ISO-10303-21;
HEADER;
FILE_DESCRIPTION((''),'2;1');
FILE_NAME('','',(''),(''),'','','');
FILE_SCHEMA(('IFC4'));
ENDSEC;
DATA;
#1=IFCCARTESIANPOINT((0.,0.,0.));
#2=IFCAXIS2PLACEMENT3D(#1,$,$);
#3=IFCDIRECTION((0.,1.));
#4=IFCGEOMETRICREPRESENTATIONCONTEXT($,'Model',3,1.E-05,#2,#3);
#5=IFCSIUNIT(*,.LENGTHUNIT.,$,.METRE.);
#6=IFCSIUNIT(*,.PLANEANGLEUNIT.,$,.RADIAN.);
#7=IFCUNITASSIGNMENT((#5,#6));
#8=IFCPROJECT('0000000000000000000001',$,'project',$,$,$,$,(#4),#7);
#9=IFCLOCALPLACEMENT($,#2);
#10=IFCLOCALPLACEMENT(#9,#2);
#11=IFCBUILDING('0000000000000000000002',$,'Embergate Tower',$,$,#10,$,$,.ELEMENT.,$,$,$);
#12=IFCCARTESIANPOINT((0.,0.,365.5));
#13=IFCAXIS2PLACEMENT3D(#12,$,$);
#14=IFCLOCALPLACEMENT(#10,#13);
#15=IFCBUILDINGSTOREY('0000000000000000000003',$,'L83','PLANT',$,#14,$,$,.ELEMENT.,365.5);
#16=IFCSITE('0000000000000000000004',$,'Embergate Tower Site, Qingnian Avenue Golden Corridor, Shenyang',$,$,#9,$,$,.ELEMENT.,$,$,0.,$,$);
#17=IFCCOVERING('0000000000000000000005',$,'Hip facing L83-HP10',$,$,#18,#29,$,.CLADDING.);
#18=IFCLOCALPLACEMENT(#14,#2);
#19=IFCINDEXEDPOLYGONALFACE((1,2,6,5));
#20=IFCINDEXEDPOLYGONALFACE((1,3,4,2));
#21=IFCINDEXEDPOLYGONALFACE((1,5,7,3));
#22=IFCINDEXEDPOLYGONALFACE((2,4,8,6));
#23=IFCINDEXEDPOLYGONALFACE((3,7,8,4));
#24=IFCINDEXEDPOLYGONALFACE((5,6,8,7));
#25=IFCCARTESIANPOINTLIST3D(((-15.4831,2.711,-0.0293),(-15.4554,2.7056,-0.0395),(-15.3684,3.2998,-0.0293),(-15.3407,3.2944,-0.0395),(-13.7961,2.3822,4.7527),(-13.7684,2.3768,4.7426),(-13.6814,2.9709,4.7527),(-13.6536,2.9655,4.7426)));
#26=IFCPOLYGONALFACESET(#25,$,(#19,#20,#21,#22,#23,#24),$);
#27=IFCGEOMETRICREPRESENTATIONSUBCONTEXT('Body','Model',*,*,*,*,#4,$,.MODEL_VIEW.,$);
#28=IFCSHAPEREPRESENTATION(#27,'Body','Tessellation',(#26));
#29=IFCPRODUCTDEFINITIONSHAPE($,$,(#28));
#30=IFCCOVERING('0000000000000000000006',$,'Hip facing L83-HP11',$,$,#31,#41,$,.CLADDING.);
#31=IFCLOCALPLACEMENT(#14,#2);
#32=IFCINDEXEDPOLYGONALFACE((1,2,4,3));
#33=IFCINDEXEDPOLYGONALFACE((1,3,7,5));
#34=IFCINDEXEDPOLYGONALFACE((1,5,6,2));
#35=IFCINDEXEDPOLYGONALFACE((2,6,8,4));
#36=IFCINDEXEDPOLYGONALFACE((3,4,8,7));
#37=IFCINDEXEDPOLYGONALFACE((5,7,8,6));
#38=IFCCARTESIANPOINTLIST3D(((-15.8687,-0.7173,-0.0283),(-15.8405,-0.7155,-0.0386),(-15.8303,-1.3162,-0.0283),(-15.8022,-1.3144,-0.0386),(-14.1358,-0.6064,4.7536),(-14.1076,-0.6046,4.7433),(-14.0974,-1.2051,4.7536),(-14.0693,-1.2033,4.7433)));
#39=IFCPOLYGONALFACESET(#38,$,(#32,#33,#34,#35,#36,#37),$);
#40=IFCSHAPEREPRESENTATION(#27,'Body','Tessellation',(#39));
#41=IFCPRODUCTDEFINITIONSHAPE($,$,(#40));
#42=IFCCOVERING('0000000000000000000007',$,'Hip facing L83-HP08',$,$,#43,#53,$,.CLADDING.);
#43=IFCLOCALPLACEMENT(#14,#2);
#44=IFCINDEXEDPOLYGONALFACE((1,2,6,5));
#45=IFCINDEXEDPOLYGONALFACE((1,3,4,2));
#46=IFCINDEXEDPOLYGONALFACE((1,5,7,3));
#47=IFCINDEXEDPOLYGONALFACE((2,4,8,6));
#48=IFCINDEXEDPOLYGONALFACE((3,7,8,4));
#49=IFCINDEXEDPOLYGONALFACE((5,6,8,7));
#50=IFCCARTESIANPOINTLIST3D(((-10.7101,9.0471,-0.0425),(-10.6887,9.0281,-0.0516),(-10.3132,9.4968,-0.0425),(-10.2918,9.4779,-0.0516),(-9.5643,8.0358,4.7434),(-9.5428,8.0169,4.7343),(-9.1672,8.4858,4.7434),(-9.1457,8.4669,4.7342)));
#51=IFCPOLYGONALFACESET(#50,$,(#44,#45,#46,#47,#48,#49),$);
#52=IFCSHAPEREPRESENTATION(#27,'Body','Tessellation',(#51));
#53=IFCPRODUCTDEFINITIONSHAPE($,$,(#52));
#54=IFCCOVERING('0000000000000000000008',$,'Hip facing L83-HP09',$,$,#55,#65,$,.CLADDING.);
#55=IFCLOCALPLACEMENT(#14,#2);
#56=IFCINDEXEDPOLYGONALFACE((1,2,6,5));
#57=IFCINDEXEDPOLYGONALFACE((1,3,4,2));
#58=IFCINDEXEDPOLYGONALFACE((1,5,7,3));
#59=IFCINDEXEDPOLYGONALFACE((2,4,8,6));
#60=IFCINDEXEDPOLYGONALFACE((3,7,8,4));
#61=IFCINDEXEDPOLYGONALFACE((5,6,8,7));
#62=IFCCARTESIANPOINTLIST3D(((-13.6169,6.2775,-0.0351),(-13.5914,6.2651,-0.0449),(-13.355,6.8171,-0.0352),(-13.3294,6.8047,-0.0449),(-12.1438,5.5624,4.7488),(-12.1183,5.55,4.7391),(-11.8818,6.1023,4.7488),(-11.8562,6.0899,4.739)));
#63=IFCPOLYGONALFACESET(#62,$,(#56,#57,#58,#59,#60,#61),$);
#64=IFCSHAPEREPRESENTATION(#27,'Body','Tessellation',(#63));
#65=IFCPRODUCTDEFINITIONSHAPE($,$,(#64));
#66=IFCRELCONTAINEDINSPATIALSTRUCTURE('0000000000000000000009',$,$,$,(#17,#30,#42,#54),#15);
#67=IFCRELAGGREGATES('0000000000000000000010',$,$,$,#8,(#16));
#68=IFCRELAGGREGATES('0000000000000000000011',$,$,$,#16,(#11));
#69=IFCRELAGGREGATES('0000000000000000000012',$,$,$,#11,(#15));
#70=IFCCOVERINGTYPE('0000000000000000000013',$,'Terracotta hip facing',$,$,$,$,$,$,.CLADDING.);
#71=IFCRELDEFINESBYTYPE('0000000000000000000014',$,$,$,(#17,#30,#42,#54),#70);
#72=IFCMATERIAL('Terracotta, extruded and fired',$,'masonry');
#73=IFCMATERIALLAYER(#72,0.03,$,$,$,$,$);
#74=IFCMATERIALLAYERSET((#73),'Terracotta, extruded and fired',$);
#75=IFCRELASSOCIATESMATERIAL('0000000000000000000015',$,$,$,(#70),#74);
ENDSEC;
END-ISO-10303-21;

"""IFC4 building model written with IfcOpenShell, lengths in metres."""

from ifc_helpers import new_model, si_unit, direction, frame, origin, place, context, subcontext, project, spatial, polyline, outline, extrude, source, transform, mapped, material, layer, layer_set, type_object, element, save


model = new_model("IFC4")

# Units and contexts
model_context = context("Model", 3, precision=1e-05, world=origin(), true_north=direction((0.0, 1.0)))
body_context = subcontext(model_context, "Body", "Model", "MODEL_VIEW")
ifc_project = project(units=[si_unit("LENGTHUNIT", "METRE"), si_unit("PLANEANGLEUNIT", "RADIAN")], contexts=[model_context])

# Site, building, storey
site_placement = place(None, origin())
site = spatial("IfcSite", under=ifc_project, at=site_placement, Name="Embergate Tower Site, Qingnian Avenue Golden Corridor, Shenyang", CompositionType="ELEMENT", RefElevation=0.0)
building_placement = place(site_placement, origin())
building = spatial("IfcBuilding", under=site, at=building_placement, Name="Embergate Tower", CompositionType="ELEMENT")
storey_placement = place(building_placement, frame((0.0, 0.0, 365.5)))
storey = spatial("IfcBuildingStorey", under=building, at=storey_placement, Name="L83", Description="PLANT", CompositionType="ELEMENT", Elevation=365.5)

# Coverings
ifc_material_1 = material(Name="Terracotta, extruded and fired", Category="masonry")
ifc_layer_1 = layer(ifc_material_1, 0.03)
ifc_layer_set_1 = layer_set([ifc_layer_1], Name="Terracotta, extruded and fired")
covering_type = type_object("IfcCoveringType", Name="Terracotta hip facing", PredefinedType="CLADDING", material=ifc_layer_set_1)
shared_shape_1 = source(origin(), body_context, "Body", "SweptSolid", [
    extrude(outline(polyline([(0.0, 0.0), (5.0815, 0.0), (5.0815, -0.5999), (0.0, -0.5999), (0.0, 0.0)])), origin(), (0.0, 0.0, -1.0), 0.03),
])
covering_1_placement = place(storey_placement, frame((-15.3684, 3.2998, -0.0293), z_axis=(-0.923687, 0.179989, 0.338241), x_axis=(0.331992, -0.064717, 0.94106)))
element("IfcCovering", 1, at=covering_1_placement, inside=storey, type_object=covering_type, Name="Hip facing L83-HP10", PredefinedType="CLADDING", context=body_context, shape_type="MappedRepresentation", body=[
    mapped(shared_shape_1, transform((0.0, 0.0, 0.0))),
])
shared_shape_2 = source(origin(), body_context, "Body", "SweptSolid", [
    extrude(outline(polyline([(0.0, 0.0), (5.0874, 0.0), (5.0874, -0.5999), (0.0, -0.6001), (0.0, 0.0)])), origin(), (0.0, 0.0, -1.0), 0.03),
])
covering_2_placement = place(storey_placement, frame((-15.8687, -0.7173, -0.0283), z_axis=(-0.938027, -0.060049, 0.341319), x_axis=(0.340623, 0.021787, 0.939948)))
element("IfcCovering", 2, at=covering_2_placement, inside=storey, type_object=covering_type, Name="Hip facing L83-HP11", PredefinedType="CLADDING", context=body_context, shape_type="MappedRepresentation", body=[
    mapped(shared_shape_2, transform((0.0, 0.0, 0.0))),
])
shared_shape_3 = source(origin(), body_context, "Body", "SweptSolid", [
    extrude(outline(polyline([(0.0, 0.0), (5.0239, 0.0), (5.0239, -0.6001), (0.0, -0.5999), (0.0, 0.0)])), origin(), (0.0, 0.0, -1.0), 0.03),
])
covering_3_placement = place(storey_placement, frame((-10.3132, 9.4968, -0.0425), z_axis=(-0.714251, 0.630324, 0.304198), x_axis=(0.228117, -0.201243, 0.952609)))
element("IfcCovering", 3, at=covering_3_placement, inside=storey, type_object=covering_type, Name="Hip facing L83-HP08", PredefinedType="CLADDING", context=body_context, shape_type="MappedRepresentation", body=[
    mapped(shared_shape_3, transform((0.0, 0.0, 0.0))),
])
shared_shape_4 = source(origin(), body_context, "Body", "SweptSolid", [
    extrude(outline(polyline([(0.0, 0.0), (5.0564, 0.0), (5.0564, -0.6001), (0.0, -0.5999), (0.0, 0.0)])), origin(), (0.0, 0.0, -1.0), 0.03),
])
covering_4_placement = place(storey_placement, frame((-13.355, 6.8171, -0.0352), z_axis=(-0.851137, 0.413151, 0.323841), x_axis=(0.291351, -0.141378, 0.946111)))
element("IfcCovering", 4, at=covering_4_placement, inside=storey, type_object=covering_type, Name="Hip facing L83-HP09", PredefinedType="CLADDING", context=body_context, shape_type="MappedRepresentation", body=[
    mapped(shared_shape_4, transform((0.0, 0.0, 0.0))),
])

save(model, "model.ifc")
